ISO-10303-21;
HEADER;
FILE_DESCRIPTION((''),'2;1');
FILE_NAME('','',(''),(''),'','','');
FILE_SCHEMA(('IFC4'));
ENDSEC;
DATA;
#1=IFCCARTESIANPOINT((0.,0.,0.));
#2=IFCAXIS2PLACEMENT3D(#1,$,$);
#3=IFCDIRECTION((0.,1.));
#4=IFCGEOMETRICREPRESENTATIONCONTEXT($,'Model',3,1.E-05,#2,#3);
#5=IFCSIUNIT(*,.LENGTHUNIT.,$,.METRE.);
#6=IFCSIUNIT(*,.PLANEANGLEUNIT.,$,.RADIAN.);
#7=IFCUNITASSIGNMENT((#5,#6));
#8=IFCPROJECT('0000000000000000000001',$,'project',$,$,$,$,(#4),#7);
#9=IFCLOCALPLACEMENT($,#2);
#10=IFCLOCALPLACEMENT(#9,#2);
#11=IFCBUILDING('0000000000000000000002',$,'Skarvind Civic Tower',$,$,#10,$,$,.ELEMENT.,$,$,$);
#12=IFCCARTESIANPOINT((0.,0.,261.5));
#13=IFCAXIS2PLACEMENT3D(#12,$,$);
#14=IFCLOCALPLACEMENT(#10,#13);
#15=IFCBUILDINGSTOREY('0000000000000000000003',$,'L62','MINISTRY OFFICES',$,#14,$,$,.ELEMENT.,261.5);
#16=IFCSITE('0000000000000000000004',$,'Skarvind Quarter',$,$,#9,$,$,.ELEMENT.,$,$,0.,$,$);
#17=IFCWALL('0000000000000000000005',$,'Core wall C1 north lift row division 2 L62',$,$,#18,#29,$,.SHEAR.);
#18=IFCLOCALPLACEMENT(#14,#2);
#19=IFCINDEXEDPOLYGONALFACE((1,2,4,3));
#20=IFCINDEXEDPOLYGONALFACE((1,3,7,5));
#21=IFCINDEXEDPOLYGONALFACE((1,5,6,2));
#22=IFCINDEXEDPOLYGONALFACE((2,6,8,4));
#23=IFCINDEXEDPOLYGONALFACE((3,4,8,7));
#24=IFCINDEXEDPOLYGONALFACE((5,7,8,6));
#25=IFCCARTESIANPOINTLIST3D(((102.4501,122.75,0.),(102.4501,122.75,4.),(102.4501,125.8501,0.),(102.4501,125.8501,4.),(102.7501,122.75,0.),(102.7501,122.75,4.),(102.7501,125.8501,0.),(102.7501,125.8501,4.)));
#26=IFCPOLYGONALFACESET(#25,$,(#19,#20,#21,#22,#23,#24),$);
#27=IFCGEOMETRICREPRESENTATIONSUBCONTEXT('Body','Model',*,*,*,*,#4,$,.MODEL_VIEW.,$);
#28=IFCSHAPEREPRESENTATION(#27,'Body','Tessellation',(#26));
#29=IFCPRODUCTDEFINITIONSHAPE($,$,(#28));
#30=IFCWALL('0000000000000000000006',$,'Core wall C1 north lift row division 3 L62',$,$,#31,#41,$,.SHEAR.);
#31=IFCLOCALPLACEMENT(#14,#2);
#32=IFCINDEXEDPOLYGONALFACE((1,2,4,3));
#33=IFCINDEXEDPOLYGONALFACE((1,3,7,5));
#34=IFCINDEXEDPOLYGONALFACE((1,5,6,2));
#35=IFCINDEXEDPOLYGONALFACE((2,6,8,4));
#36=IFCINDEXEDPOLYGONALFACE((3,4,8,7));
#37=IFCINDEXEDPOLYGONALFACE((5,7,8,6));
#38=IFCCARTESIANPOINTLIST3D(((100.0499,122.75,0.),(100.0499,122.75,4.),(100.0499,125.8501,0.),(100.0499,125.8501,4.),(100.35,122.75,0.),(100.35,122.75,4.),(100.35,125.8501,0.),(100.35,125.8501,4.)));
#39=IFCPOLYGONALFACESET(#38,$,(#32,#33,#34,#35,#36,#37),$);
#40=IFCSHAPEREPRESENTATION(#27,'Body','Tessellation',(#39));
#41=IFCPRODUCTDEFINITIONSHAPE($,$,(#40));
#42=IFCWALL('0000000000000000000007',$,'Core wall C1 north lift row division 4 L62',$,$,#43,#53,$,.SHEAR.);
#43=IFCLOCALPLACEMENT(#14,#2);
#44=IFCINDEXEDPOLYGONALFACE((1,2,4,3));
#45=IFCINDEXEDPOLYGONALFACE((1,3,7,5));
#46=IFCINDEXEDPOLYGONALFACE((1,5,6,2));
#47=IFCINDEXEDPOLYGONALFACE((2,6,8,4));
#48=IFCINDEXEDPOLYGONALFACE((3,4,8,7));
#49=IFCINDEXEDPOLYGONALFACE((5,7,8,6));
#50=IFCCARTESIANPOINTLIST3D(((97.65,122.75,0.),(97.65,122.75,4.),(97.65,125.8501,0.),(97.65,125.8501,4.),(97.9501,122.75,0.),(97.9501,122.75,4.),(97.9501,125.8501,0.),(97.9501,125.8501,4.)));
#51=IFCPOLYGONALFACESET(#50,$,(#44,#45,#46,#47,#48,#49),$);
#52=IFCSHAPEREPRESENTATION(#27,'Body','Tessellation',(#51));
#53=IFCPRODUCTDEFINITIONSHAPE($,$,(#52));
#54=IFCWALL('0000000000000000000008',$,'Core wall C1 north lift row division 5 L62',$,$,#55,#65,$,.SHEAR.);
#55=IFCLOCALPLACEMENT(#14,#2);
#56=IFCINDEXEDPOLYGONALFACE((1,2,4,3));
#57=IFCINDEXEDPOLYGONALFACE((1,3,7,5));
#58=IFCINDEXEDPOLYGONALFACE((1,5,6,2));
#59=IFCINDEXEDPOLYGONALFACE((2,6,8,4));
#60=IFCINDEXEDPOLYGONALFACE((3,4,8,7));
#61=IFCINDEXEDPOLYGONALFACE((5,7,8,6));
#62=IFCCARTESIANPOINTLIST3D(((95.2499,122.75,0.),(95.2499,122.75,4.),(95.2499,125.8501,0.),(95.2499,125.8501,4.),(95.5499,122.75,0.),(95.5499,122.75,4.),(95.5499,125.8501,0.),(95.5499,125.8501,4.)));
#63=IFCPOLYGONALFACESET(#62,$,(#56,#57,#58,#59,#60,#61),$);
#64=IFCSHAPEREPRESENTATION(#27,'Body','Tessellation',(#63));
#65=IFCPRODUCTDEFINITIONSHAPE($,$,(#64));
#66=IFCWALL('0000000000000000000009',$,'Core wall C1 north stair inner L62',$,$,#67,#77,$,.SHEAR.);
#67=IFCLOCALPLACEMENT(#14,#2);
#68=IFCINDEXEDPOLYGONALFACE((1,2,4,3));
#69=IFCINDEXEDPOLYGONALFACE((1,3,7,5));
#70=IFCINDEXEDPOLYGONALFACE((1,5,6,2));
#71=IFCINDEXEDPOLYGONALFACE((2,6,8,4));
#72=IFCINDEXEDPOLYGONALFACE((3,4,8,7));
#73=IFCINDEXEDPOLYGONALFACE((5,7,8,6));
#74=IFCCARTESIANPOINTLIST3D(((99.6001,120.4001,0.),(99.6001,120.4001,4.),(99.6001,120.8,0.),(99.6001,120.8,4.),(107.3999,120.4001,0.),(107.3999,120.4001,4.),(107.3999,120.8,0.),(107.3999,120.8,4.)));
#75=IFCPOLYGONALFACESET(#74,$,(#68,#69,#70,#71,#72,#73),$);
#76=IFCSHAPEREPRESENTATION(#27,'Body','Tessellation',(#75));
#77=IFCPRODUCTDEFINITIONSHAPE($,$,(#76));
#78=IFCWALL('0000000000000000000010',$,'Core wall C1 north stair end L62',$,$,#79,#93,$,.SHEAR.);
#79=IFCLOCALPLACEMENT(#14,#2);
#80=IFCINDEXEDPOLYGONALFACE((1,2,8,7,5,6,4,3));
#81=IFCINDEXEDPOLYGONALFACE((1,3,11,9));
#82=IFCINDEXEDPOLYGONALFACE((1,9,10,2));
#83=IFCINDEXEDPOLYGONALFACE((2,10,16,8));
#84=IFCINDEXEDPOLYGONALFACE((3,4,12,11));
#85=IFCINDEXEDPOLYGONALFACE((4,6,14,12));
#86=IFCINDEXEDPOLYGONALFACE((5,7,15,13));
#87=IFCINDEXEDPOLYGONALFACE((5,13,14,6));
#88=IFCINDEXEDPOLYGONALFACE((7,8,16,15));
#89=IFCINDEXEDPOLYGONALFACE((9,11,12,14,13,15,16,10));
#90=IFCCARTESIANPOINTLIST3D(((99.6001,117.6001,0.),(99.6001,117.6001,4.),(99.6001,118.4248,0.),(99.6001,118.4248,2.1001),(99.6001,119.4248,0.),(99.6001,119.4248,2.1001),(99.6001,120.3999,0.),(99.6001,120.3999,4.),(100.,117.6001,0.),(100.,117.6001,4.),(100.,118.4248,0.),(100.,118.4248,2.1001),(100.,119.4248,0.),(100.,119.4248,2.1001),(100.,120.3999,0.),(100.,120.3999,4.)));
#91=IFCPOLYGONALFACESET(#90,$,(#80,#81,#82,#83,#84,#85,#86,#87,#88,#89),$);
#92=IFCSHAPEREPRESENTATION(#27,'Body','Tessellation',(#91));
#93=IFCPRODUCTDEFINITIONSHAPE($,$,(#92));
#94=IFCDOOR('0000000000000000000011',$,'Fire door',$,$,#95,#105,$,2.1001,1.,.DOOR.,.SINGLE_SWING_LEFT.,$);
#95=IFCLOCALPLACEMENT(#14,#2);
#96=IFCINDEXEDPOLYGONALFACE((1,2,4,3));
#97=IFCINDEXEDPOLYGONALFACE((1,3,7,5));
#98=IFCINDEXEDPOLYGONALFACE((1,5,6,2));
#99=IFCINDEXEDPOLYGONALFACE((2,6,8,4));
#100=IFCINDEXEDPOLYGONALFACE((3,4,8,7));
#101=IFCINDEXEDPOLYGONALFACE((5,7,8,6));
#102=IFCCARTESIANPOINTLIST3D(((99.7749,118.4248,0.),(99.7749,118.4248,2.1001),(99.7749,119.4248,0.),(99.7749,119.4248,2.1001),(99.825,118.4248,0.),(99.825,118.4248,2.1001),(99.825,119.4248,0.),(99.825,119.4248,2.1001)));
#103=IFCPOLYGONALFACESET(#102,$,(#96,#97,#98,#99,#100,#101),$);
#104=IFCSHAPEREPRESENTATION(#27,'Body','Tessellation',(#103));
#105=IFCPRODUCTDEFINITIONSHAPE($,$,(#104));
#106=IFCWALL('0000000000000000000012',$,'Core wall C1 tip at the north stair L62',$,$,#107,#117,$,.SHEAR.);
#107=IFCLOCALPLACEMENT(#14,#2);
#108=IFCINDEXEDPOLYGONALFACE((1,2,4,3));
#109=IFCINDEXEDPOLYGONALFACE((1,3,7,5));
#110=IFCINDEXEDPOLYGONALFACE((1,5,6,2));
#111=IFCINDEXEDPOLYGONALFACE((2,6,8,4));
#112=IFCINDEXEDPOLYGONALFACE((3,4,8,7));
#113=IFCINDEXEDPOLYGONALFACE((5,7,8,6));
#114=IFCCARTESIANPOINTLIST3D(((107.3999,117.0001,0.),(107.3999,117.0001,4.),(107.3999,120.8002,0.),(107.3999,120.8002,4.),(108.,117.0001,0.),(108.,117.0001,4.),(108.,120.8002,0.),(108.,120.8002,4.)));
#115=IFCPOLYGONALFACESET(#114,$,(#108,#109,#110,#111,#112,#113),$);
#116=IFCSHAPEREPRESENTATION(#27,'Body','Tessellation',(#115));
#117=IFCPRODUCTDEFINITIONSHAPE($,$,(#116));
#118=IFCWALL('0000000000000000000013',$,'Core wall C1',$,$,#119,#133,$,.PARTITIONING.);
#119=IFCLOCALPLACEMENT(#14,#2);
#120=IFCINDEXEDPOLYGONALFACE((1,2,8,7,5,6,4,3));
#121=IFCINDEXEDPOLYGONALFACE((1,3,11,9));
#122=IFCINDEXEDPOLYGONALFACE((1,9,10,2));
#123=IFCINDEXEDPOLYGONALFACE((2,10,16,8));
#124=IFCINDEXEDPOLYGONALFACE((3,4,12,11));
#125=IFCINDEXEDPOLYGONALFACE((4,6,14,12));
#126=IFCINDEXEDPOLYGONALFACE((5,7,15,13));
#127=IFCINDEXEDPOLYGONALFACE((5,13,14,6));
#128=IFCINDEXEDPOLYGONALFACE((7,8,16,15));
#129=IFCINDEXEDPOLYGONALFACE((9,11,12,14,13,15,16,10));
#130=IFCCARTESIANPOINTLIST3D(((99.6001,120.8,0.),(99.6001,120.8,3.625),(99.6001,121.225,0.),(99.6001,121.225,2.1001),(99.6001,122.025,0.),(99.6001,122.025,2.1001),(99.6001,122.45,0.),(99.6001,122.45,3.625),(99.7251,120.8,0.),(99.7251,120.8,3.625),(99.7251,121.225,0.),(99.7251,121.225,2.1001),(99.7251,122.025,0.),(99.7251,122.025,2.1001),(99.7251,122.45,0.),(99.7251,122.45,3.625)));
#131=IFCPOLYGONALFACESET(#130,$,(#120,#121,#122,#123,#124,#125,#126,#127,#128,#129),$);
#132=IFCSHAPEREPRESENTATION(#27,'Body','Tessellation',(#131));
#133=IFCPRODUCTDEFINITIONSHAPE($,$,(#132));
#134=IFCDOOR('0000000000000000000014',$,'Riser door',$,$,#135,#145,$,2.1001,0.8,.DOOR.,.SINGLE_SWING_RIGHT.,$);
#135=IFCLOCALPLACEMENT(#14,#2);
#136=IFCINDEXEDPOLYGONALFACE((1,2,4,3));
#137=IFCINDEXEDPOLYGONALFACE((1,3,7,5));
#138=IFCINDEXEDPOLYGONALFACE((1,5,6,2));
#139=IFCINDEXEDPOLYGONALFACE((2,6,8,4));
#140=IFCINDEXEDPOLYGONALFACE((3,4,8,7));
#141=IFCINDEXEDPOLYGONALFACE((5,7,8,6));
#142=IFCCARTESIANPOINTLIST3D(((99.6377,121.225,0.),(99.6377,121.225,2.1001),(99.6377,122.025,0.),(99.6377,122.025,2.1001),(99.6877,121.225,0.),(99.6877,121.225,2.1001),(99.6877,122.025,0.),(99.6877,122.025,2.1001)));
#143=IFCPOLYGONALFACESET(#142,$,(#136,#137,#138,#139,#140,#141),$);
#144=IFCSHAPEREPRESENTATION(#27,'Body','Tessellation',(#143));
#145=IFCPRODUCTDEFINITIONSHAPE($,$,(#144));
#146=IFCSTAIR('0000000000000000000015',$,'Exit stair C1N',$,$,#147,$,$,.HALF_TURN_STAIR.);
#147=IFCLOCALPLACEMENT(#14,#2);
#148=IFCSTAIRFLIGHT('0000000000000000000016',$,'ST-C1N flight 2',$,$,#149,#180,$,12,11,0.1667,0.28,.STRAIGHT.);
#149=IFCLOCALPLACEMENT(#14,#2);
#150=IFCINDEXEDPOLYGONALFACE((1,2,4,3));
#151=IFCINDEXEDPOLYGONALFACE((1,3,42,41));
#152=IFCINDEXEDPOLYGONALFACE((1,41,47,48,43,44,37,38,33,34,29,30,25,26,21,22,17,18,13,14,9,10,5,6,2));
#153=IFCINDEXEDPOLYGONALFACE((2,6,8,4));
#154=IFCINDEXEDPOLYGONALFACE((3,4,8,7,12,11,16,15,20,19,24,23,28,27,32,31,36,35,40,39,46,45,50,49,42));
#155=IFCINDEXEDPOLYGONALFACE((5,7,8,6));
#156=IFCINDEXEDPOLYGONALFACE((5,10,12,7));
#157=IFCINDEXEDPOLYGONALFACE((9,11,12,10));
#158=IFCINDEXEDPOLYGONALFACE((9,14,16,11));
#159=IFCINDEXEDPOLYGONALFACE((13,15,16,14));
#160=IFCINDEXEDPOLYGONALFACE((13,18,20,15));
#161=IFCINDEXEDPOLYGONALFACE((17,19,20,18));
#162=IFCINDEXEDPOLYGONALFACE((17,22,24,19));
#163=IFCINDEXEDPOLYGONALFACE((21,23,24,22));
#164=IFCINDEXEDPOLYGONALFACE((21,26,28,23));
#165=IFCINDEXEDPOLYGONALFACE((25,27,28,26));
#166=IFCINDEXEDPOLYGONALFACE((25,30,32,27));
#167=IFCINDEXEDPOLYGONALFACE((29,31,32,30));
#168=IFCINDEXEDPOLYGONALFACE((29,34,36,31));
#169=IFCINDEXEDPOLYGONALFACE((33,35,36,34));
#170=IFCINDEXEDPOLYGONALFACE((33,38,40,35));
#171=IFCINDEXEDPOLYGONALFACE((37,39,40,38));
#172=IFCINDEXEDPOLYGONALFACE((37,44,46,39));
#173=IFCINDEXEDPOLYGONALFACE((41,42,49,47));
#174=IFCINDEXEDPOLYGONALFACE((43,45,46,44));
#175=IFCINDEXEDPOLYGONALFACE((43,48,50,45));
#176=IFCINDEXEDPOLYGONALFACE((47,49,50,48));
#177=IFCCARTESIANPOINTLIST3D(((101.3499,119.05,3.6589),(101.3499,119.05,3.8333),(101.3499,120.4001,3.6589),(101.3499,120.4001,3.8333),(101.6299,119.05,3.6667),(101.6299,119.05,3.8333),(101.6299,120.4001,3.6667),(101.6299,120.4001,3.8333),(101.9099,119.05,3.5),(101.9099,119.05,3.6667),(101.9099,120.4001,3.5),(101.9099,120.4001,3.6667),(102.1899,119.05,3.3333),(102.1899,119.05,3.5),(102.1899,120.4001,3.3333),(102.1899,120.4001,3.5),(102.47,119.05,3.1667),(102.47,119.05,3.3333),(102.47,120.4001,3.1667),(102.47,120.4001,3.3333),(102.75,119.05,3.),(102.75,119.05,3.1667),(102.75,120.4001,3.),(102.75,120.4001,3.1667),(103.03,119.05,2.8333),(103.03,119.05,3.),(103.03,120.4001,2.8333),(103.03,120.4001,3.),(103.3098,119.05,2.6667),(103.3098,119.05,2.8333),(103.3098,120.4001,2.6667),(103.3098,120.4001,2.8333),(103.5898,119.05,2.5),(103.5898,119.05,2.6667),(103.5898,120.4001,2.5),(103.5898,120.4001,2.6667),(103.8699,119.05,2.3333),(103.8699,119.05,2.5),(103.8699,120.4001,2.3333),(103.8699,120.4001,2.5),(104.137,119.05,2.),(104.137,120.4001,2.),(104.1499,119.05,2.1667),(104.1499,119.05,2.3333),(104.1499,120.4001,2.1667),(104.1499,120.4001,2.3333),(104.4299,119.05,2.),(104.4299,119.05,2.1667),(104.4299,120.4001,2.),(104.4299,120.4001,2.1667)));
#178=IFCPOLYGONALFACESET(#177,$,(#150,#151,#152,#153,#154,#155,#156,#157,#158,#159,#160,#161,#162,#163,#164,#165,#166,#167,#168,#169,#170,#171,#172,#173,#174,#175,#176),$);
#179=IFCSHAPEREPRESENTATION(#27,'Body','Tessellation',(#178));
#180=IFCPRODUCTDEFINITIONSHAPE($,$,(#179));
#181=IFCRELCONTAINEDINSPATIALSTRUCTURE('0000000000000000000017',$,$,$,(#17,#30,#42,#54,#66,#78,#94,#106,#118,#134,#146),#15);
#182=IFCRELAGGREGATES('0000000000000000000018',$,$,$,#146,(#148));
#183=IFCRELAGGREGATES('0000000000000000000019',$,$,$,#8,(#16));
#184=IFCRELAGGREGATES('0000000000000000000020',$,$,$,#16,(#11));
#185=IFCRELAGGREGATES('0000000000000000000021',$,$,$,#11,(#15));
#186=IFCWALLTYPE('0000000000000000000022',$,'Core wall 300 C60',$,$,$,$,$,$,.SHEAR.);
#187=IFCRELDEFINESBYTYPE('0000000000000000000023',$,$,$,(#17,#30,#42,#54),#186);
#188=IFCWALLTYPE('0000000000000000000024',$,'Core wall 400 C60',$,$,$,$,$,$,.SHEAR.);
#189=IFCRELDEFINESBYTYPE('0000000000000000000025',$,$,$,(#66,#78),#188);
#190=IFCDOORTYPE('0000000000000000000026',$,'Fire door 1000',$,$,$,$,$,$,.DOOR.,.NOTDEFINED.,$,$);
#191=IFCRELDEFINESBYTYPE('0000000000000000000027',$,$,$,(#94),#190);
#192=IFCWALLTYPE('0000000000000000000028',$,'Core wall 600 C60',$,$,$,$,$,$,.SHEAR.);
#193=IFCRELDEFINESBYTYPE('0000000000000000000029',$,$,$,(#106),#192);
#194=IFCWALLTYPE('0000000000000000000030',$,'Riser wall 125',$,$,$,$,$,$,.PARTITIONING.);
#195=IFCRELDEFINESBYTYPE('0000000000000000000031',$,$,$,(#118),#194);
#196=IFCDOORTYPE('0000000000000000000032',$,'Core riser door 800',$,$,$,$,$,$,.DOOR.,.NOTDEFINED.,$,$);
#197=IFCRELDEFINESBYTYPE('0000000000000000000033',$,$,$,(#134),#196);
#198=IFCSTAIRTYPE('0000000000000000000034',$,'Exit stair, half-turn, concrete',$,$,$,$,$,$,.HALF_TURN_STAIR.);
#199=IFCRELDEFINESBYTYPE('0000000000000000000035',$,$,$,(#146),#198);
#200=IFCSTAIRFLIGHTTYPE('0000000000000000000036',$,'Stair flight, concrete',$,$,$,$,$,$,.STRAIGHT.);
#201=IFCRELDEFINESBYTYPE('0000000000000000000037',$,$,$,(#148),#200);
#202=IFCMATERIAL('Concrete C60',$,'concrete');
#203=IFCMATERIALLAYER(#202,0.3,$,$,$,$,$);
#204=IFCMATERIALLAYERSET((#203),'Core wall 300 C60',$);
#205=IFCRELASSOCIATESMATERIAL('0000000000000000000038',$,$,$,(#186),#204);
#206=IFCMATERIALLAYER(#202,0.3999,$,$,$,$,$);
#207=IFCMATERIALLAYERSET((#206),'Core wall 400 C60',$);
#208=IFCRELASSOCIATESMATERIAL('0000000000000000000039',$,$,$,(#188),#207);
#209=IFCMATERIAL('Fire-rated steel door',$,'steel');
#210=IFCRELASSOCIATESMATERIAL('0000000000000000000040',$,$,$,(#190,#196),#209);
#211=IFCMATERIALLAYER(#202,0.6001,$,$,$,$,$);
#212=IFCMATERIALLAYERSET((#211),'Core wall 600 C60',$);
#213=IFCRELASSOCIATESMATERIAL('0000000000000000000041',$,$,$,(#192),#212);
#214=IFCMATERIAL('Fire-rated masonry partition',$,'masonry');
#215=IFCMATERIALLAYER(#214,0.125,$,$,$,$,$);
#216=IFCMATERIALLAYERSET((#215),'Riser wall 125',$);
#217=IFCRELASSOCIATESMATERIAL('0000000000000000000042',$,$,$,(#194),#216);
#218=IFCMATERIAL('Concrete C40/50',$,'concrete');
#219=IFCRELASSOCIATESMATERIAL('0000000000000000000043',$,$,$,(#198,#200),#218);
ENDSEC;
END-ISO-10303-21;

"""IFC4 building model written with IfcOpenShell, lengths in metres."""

from ifc_helpers import new_model, si_unit, direction, frame, frame_2d, origin, place, context, subcontext, project, spatial, polyline, rectangle, outline, extrude, material, layer, layer_set, type_object, element, fill, aggregate, save


model = new_model("IFC4")

# Units and contexts
model_context = context("Model", 3, precision=1e-05, world=origin(), true_north=direction((0.0, 1.0)))
body_context = subcontext(model_context, "Body", "Model", "MODEL_VIEW")
ifc_project = project(units=[si_unit("LENGTHUNIT", "METRE"), si_unit("PLANEANGLEUNIT", "RADIAN")], contexts=[model_context])

# Site, building, storey
site_placement = place(None, origin())
site = spatial("IfcSite", under=ifc_project, at=site_placement, Name="Skarvind Quarter", CompositionType="ELEMENT", RefElevation=0.0)
building_placement = place(site_placement, origin())
building = spatial("IfcBuilding", under=site, at=building_placement, Name="Skarvind Civic Tower", CompositionType="ELEMENT")
storey_placement = place(building_placement, frame((0.0, 0.0, 261.5)))
storey = spatial("IfcBuildingStorey", under=building, at=storey_placement, Name="L62", Description="MINISTRY OFFICES", CompositionType="ELEMENT", Elevation=261.5)

# Shared definitions
ifc_material_1 = material(Name="Concrete C60", Category="concrete")

# Shared definitions
ifc_layer_1 = layer(ifc_material_1, 0.3)
ifc_layer_set_1 = layer_set([ifc_layer_1], Name="Core wall 300 C60")
wall_type_1 = type_object("IfcWallType", Name="Core wall 300 C60", PredefinedType="SHEAR", material=ifc_layer_set_1)

# Walls
for number, where, z_axis, x_axis, name in (
    (1, (102.6001, 125.8501, 0.0), (0.0, 0.0, 1.0), (0.0, -1.0, 0.0), "Core wall C1 north lift row division 2 L62"),
    (2, (100.2, 125.8501, 0.0), (0.0, 0.0, 1.0), (0.0, -1.0, 0.0), "Core wall C1 north lift row division 3 L62"),
    (3, (97.8, 125.8501, 0.0), (0.0, 0.0, 1.0), (0.0, -1.0, 0.0), "Core wall C1 north lift row division 4 L62"),
    (4, (95.3999, 125.8501, 0.0), (0.0, 0.0, 1.0), (0.0, -1.0, 0.0), "Core wall C1 north lift row division 5 L62"),
):
    element("IfcWall", number, at=place(storey_placement, frame(where, z_axis=z_axis, x_axis=x_axis)), inside=storey, type_object=wall_type_1, Name=name, PredefinedType="SHEAR", context=body_context, shape_type="SweptSolid", body=[
        extrude(rectangle(XDim=3.1001, YDim=0.3, at=frame_2d((1.55, 0.0))), origin(), (0.0, 0.0, 1.0), 4.0),
    ])
ifc_layer_2 = layer(ifc_material_1, 0.3999)
ifc_layer_set_2 = layer_set([ifc_layer_2], Name="Core wall 400 C60")
wall_type_2 = type_object("IfcWallType", Name="Core wall 400 C60", PredefinedType="SHEAR", material=ifc_layer_set_2)
wall_1_placement = place(storey_placement, frame((107.3999, 120.6001, 0.0), z_axis=(0.0, 0.0, 1.0), x_axis=(-1.0, 0.0, 0.0)))
element("IfcWall", 5, at=wall_1_placement, inside=storey, type_object=wall_type_2, Name="Core wall C1 north stair inner L62", PredefinedType="SHEAR", context=body_context, shape_type="SweptSolid", body=[
    extrude(rectangle(XDim=7.7998, YDim=0.3999, at=frame_2d((3.8999, 0.0))), origin(), (0.0, 0.0, 1.0), 4.0),
])

# Wall, opening, door
wall_2_placement = place(storey_placement, frame((99.8, 120.3999, 0.0), z_axis=(0.0, 0.0, 1.0), x_axis=(0.0, -1.0, 0.0)))
wall_2 = element("IfcWall", 6, at=wall_2_placement, inside=storey, type_object=wall_type_2, Name="Core wall C1 north stair end L62", PredefinedType="SHEAR", context=body_context, shape_type="SweptSolid", body=[
    extrude(rectangle(XDim=2.7998, YDim=0.3999, at=frame_2d((1.3999, 0.0))), origin(), (0.0, 0.0, 1.0), 4.0),
])
opening_1_placement = place(wall_2_placement, frame((0.9751, 0.0, 0.0)))
opening_1 = element("IfcOpeningElement", 7, at=opening_1_placement, cuts=wall_2, PredefinedType="OPENING", context=body_context, shape_type="SweptSolid", body=[
    extrude(rectangle(XDim=1.0, YDim=2.1001, at=frame_2d((0.5, 1.05))), frame((0.0, 0.21, 0.0), z_axis=(0.0, -1.0, 0.0), x_axis=(1.0, 0.0, 0.0)), (0.0, 0.0, 1.0), 0.4199),
])
ifc_material_2 = material(Name="Fire-rated steel door", Category="steel")
door_type_1 = type_object("IfcDoorType", Name="Fire door 1000", OperationType="NOTDEFINED", PredefinedType="DOOR", material=ifc_material_2)
door_1_placement = place(opening_1_placement, origin())
door_1 = element("IfcDoor", 8, at=door_1_placement, inside=storey, type_object=door_type_1, Name="Fire door", OperationType="SINGLE_SWING_LEFT", OverallHeight=2.1001, OverallWidth=1.0, PredefinedType="DOOR", context=body_context, shape_type="SweptSolid", body=[
    extrude(rectangle(XDim=1.0, YDim=2.1001, at=frame_2d((0.5, 1.05))), frame((0.0, 0.0249, 0.0), z_axis=(0.0, -1.0, 0.0), x_axis=(1.0, 0.0, 0.0)), (0.0, 0.0, 1.0), 0.05),
])
fill(opening_1, door_1)

# Wall
ifc_layer_3 = layer(ifc_material_1, 0.6001)
ifc_layer_set_3 = layer_set([ifc_layer_3], Name="Core wall 600 C60")
wall_type_3 = type_object("IfcWallType", Name="Core wall 600 C60", PredefinedType="SHEAR", material=ifc_layer_set_3)
wall_3_placement = place(storey_placement, frame((107.7, 120.8, 0.0), z_axis=(0.0, 0.0, 1.0), x_axis=(0.0, -1.0, 0.0)))
element("IfcWall", 9, at=wall_3_placement, inside=storey, type_object=wall_type_3, Name="Core wall C1 tip at the north stair L62", PredefinedType="SHEAR", context=body_context, shape_type="SweptSolid", body=[
    extrude(rectangle(XDim=3.8, YDim=0.6001, at=frame_2d((1.8999, 0.0))), origin(), (0.0, 0.0, 1.0), 4.0),
])

# Wall, opening, door
ifc_material_3 = material(Name="Fire-rated masonry partition", Category="masonry")
ifc_layer_4 = layer(ifc_material_3, 0.125)
ifc_layer_set_4 = layer_set([ifc_layer_4], Name="Riser wall 125")
wall_type_4 = type_object("IfcWallType", Name="Riser wall 125", PredefinedType="PARTITIONING", material=ifc_layer_set_4)
wall_4_placement = place(storey_placement, frame((99.6626, 120.8, 0.0), z_axis=(0.0, 0.0, 1.0), x_axis=(0.0, 1.0, 0.0)))
wall_4 = element("IfcWall", 10, at=wall_4_placement, inside=storey, type_object=wall_type_4, Name="Core wall C1", PredefinedType="PARTITIONING", context=body_context, shape_type="SweptSolid", body=[
    extrude(rectangle(XDim=1.6499, YDim=0.125, at=frame_2d((0.825, 0.0))), origin(), (0.0, 0.0, 1.0), 3.625),
])
opening_2_placement = place(wall_4_placement, frame((0.425, 0.0, 0.0)))
opening_2 = element("IfcOpeningElement", 11, at=opening_2_placement, cuts=wall_4, PredefinedType="OPENING", context=body_context, shape_type="SweptSolid", body=[
    extrude(rectangle(XDim=0.8, YDim=2.1001, at=frame_2d((0.3999, 1.05))), frame((0.0, 0.0725, 0.0), z_axis=(0.0, -1.0, 0.0), x_axis=(1.0, 0.0, 0.0)), (0.0, 0.0, 1.0), 0.145),
])
door_type_2 = type_object("IfcDoorType", Name="Core riser door 800", OperationType="NOTDEFINED", PredefinedType="DOOR", material=ifc_material_2)
door_2_placement = place(opening_2_placement, origin())
door_2 = element("IfcDoor", 12, at=door_2_placement, inside=storey, type_object=door_type_2, Name="Riser door", OperationType="SINGLE_SWING_RIGHT", OverallHeight=2.1001, OverallWidth=0.8, PredefinedType="DOOR", context=body_context, shape_type="SweptSolid", body=[
    extrude(rectangle(XDim=0.8, YDim=2.1001, at=frame_2d((0.3999, 1.05))), frame((0.0, 0.0249, 0.0), z_axis=(0.0, -1.0, 0.0), x_axis=(1.0, 0.0, 0.0)), (0.0, 0.0, 1.0), 0.05),
])
fill(opening_2, door_2)

# Stair, stair flight
ifc_material_4 = material(Name="Concrete C40/50", Category="concrete")
stair_type = type_object("IfcStairType", Name="Exit stair, half-turn, concrete", PredefinedType="HALF_TURN_STAIR", material=ifc_material_4)
stair_placement = place(storey_placement, origin())
stair = element("IfcStair", 13, at=stair_placement, inside=storey, type_object=stair_type, Name="Exit stair C1N", PredefinedType="HALF_TURN_STAIR")
stair_flight_type = type_object("IfcStairFlightType", Name="Stair flight, concrete", PredefinedType="STRAIGHT", material=ifc_material_4)
stair_flight_placement = place(storey_placement, frame((104.4299, 119.7251, 2.0), z_axis=(0.0, 0.0, 1.0), x_axis=(-1.0, 0.0, 0.0)))
stair_flight = element("IfcStairFlight", 14, at=stair_flight_placement, type_object=stair_flight_type, Name="ST-C1N flight 2", NumberOfRisers=12, NumberOfTreads=11, PredefinedType="STRAIGHT", RiserHeight=0.1667, TreadLength=0.28, context=body_context, shape_type="SweptSolid", body=[
    extrude(outline(polyline([(0.0, 0.0), (0.0, 0.1667), (0.28, 0.1667), (0.28, 0.3333), (0.5601, 0.3333), (0.5601, 0.5), (0.8401, 0.5), (0.8401, 0.6667), (1.1201, 0.6667), (1.1201, 0.8333), (1.3999, 0.8333), (1.3999, 1.0), (1.6799, 1.0), (1.6799, 1.1667), (1.96, 1.1667), (1.96, 1.3333), (2.24, 1.3333), (2.24, 1.5), (2.52, 1.5), (2.52, 1.6667), (2.8, 1.6667), (2.8, 1.8333), (3.0801, 1.8333), (3.0801, 2.0), (3.0801, 1.6589), (0.293, 0.0), (0.0, 0.0)])), frame((0.0, 0.675, 0.0), z_axis=(0.0, -1.0, 0.0), x_axis=(1.0, 0.0, 0.0)), (0.0, 0.0, 1.0), 1.3501),
])
aggregate(stair, [stair_flight])

save(model, "model.ifc")
